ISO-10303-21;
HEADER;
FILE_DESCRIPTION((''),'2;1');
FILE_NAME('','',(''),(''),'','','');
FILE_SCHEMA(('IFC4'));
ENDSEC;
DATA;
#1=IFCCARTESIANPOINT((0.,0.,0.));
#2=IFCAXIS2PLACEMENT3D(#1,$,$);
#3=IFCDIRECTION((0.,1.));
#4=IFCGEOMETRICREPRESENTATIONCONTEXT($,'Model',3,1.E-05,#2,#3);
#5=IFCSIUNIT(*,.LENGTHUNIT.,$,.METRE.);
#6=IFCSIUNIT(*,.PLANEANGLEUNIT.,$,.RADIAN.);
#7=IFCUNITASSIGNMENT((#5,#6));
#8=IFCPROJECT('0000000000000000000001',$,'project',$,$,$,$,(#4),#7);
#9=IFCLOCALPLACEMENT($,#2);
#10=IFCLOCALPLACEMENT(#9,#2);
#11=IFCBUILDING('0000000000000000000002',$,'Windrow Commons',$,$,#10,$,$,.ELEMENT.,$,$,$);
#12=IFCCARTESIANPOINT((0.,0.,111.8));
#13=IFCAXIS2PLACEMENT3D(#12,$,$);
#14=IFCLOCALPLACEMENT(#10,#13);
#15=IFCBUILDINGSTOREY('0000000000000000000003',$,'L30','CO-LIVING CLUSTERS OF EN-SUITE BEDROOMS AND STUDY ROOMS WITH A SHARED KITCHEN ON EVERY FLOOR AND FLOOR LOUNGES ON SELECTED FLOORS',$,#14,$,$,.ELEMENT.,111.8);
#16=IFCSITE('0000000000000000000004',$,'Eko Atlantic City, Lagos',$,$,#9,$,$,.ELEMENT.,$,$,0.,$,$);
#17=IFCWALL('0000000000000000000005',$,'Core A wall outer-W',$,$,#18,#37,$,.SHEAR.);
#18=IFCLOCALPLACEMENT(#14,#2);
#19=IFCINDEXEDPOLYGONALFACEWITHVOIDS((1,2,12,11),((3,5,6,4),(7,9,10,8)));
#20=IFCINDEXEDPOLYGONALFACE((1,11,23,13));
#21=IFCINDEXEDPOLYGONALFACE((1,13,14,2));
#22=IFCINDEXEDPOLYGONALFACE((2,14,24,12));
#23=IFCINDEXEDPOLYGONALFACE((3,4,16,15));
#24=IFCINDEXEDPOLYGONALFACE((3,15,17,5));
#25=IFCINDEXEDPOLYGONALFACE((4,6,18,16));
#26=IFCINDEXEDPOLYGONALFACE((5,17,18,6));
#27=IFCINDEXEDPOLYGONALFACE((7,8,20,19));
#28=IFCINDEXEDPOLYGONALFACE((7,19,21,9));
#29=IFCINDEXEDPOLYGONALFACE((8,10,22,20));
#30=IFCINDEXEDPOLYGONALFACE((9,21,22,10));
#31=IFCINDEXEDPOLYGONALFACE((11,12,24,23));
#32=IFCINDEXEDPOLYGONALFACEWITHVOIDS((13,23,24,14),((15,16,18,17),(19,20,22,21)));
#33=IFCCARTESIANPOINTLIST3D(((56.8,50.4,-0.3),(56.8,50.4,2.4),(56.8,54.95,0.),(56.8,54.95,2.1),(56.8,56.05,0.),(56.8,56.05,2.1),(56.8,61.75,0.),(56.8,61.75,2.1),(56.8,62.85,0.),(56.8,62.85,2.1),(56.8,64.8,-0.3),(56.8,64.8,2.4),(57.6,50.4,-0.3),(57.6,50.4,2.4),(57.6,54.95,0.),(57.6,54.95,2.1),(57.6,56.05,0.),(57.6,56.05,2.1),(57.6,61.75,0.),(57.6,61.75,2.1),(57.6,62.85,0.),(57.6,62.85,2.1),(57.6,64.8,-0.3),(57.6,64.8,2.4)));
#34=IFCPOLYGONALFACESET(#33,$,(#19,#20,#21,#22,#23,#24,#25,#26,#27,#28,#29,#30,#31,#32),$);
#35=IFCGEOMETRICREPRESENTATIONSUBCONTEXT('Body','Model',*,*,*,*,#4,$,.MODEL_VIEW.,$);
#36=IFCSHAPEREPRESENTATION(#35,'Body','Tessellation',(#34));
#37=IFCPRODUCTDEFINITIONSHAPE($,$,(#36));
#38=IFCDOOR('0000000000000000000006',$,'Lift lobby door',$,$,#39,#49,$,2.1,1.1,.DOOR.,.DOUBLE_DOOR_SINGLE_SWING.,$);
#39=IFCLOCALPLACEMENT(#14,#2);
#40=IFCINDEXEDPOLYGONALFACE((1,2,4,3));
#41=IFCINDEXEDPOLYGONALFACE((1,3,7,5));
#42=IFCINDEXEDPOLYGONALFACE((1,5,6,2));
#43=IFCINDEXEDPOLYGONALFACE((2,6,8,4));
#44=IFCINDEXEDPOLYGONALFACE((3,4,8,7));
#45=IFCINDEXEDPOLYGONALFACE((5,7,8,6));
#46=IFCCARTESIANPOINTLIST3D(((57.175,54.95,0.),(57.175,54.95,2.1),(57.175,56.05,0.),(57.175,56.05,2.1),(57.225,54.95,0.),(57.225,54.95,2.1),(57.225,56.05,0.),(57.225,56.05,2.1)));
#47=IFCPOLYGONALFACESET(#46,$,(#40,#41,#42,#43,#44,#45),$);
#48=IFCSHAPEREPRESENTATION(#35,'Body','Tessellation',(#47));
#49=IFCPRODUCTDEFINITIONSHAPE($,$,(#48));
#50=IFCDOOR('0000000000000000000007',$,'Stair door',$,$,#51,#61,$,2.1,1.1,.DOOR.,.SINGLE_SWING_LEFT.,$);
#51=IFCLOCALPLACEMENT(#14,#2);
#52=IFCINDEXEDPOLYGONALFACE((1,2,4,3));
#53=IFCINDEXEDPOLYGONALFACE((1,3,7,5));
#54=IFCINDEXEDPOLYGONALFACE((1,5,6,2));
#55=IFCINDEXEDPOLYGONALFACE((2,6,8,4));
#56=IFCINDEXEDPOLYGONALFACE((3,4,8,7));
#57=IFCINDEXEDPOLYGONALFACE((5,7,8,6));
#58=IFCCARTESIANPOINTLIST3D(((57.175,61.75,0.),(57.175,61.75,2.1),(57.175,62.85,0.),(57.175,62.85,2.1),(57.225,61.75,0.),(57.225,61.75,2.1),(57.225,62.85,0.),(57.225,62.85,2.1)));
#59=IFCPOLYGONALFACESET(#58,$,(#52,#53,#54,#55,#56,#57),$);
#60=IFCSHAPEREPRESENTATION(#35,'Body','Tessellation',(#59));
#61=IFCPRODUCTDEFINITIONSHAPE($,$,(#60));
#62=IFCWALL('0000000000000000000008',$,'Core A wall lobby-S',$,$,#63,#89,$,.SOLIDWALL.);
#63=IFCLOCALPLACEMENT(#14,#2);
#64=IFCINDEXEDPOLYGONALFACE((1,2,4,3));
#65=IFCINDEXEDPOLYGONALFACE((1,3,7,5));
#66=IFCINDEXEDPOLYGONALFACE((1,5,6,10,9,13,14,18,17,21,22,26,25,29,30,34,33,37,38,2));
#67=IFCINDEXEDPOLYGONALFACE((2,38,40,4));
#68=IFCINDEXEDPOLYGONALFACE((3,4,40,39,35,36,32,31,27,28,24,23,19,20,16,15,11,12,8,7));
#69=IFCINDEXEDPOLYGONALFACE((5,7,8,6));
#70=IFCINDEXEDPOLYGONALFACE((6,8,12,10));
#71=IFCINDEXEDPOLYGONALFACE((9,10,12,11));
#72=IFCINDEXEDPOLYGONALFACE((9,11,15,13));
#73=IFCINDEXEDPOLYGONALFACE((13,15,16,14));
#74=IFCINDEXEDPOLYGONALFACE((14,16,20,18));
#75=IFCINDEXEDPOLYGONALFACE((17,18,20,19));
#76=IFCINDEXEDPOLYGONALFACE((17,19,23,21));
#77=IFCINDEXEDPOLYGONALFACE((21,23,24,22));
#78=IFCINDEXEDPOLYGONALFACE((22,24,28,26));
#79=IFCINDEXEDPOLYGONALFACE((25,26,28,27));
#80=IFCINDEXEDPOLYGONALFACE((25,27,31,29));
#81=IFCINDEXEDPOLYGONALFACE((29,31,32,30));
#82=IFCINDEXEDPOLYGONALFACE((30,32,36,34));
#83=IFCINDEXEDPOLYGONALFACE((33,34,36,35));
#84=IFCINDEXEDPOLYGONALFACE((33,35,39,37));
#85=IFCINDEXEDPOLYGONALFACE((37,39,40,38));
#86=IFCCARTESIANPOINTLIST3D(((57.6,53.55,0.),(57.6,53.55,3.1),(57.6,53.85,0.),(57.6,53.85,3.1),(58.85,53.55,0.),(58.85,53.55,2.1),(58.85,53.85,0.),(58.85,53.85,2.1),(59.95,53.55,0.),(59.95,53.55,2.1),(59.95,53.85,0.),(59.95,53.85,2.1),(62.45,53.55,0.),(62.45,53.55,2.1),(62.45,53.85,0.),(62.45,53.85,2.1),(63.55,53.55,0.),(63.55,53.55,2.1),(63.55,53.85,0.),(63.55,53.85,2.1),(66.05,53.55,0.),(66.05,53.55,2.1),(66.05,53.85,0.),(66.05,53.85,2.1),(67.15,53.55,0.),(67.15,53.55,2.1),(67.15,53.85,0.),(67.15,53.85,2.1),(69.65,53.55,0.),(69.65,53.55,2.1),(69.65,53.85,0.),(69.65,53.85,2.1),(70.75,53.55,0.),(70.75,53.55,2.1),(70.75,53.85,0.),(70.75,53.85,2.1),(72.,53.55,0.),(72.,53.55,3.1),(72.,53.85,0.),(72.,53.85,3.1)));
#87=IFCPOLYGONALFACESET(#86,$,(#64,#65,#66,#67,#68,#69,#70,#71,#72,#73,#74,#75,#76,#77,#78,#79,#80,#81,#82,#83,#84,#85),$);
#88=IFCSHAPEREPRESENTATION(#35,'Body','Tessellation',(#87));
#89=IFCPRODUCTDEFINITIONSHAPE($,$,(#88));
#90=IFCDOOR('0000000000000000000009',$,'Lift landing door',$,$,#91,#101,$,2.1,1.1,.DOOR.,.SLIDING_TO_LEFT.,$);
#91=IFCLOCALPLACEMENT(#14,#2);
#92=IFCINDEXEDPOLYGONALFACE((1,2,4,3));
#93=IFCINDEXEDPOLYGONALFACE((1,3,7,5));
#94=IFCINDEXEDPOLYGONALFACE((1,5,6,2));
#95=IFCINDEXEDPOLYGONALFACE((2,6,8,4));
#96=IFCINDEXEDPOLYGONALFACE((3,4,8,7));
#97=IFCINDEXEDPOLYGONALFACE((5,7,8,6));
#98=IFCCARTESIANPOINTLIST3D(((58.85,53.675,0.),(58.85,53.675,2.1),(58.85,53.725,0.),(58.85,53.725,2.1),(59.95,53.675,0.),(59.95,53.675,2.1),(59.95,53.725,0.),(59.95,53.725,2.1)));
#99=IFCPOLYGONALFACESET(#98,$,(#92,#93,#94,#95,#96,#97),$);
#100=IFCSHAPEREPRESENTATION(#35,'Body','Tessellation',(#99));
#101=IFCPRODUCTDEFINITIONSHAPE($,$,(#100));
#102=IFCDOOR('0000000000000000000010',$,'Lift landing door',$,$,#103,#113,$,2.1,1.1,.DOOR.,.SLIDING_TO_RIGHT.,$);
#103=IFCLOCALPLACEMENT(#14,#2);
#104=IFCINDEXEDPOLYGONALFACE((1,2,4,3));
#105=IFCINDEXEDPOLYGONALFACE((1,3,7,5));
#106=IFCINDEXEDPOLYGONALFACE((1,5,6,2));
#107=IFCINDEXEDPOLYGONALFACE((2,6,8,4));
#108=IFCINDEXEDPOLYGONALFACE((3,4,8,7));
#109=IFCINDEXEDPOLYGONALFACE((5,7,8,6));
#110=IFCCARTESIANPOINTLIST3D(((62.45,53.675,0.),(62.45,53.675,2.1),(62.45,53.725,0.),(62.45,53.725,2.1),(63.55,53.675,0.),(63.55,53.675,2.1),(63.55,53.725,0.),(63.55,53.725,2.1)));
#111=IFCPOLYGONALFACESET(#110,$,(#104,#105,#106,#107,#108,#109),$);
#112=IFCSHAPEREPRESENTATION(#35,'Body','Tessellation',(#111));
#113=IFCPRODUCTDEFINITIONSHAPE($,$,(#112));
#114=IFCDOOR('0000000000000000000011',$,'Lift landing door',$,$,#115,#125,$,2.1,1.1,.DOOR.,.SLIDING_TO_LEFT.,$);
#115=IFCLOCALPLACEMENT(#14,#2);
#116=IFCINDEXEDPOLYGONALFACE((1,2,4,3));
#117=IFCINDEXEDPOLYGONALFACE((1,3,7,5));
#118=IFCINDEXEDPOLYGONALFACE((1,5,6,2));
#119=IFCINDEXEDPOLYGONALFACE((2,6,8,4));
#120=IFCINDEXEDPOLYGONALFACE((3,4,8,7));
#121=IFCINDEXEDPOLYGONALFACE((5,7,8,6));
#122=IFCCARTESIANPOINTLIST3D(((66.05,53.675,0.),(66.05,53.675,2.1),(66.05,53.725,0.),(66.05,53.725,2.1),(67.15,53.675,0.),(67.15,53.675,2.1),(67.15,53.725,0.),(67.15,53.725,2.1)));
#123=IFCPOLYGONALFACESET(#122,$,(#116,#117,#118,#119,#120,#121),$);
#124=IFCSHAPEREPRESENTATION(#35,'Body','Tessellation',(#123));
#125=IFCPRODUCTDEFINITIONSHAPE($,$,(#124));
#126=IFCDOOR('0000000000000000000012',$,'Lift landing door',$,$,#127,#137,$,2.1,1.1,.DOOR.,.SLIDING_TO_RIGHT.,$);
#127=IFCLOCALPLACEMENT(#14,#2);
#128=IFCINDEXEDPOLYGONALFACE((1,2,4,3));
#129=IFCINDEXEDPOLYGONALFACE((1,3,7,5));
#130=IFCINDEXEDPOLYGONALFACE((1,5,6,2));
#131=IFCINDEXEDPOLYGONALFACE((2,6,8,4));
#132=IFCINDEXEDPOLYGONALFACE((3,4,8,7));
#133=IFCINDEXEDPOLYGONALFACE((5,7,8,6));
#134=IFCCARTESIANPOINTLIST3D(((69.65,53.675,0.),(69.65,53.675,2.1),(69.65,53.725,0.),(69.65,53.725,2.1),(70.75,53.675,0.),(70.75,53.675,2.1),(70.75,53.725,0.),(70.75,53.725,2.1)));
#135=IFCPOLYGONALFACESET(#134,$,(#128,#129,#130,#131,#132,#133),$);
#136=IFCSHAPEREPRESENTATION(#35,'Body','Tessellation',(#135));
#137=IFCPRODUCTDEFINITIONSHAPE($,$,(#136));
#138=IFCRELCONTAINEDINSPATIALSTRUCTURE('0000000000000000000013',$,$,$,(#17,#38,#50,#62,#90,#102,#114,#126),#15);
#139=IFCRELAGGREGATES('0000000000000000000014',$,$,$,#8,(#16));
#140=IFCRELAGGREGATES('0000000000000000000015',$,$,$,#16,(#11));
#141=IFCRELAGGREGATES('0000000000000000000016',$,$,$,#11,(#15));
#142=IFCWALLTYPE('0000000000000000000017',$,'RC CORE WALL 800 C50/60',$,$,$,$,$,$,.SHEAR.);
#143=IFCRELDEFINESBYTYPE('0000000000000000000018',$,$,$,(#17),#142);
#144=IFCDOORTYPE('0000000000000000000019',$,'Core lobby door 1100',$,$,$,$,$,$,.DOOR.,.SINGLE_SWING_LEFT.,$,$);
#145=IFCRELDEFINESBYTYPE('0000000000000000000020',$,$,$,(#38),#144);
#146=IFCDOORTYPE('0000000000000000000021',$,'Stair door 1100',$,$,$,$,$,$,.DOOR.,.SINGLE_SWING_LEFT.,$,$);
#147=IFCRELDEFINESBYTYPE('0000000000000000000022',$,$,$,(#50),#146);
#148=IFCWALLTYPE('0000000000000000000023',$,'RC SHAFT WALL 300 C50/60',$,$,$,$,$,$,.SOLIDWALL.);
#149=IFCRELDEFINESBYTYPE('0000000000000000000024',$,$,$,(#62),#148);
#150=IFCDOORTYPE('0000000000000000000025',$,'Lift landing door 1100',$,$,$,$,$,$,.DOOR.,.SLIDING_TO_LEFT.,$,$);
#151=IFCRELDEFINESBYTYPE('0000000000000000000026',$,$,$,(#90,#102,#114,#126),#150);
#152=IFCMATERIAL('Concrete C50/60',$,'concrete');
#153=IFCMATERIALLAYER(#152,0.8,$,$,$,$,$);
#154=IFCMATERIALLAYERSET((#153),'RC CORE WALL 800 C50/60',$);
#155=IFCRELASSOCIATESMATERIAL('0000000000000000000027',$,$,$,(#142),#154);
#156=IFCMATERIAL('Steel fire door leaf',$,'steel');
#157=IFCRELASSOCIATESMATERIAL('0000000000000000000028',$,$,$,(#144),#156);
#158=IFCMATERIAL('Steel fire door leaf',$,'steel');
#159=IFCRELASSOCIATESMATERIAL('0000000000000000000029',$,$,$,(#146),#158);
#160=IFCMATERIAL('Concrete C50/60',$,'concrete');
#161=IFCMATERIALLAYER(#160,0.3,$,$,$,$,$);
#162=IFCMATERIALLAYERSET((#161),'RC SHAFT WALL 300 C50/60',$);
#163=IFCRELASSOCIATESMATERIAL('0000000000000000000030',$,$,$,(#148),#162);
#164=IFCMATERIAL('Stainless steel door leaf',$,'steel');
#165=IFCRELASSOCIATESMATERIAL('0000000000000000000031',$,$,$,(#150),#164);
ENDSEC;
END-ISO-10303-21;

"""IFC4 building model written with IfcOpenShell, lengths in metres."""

from ifc_helpers import new_model, si_unit, direction, frame, frame_2d, origin, place, context, subcontext, project, spatial, rectangle, extrude, material, layer, layer_set, type_object, element, fill, save


model = new_model("IFC4")

# Units and contexts
model_context = context("Model", 3, precision=1e-05, world=origin(), true_north=direction((0.0, 1.0)))
body_context = subcontext(model_context, "Body", "Model", "MODEL_VIEW")
ifc_project = project(units=[si_unit("LENGTHUNIT", "METRE"), si_unit("PLANEANGLEUNIT", "RADIAN")], contexts=[model_context])

# Site, building, storey
site_placement = place(None, origin())
site = spatial("IfcSite", under=ifc_project, at=site_placement, Name="Eko Atlantic City, Lagos", CompositionType="ELEMENT", RefElevation=0.0)
building_placement = place(site_placement, origin())
building = spatial("IfcBuilding", under=site, at=building_placement, Name="Windrow Commons", CompositionType="ELEMENT")
storey_placement = place(building_placement, frame((0.0, 0.0, 111.8)))
storey = spatial("IfcBuildingStorey", under=building, at=storey_placement, Name="L30", Description="CO-LIVING CLUSTERS OF EN-SUITE BEDROOMS AND STUDY ROOMS WITH A SHARED KITCHEN ON EVERY FLOOR AND FLOOR LOUNGES ON SELECTED FLOORS", CompositionType="ELEMENT", Elevation=111.8)

# Shared definitions
ifc_material_1 = material(Name="Concrete C50/60", Category="concrete")
ifc_layer_1 = layer(ifc_material_1, 0.8)
ifc_layer_set_1 = layer_set([ifc_layer_1], Name="RC CORE WALL 800 C50/60")
wall_type_1 = type_object("IfcWallType", Name="RC CORE WALL 800 C50/60", PredefinedType="SHEAR", material=ifc_layer_set_1)

# Walls, openings, doors
wall_1_placement = place(storey_placement, frame((57.2, 50.4, -0.3), z_axis=(0.0, 0.0, 1.0), x_axis=(0.0, 1.0, 0.0)))
wall_1 = element("IfcWall", 1, at=wall_1_placement, inside=storey, type_object=wall_type_1, Name="Core A wall outer-W", PredefinedType="SHEAR", context=body_context, shape_type="SweptSolid", body=[
    extrude(rectangle(XDim=14.4, YDim=0.8, at=frame_2d((7.2, 0.0))), origin(), (0.0, 0.0, 1.0), 2.7),
])
opening_1_placement = place(wall_1_placement, frame((4.55, 0.0, 0.3)))
opening_1 = element("IfcOpeningElement", 2, at=opening_1_placement, cuts=wall_1, PredefinedType="OPENING", context=body_context, shape_type="SweptSolid", body=[
    extrude(rectangle(XDim=1.1, YDim=2.1, at=frame_2d((0.55, 1.05))), frame((0.0, 0.41, 0.0), z_axis=(0.0, -1.0, 0.0), x_axis=(1.0, 0.0, 0.0)), (0.0, 0.0, 1.0), 0.82),
])
opening_2_placement = place(wall_1_placement, frame((11.35, 0.0, 0.3)))
opening_2 = element("IfcOpeningElement", 3, at=opening_2_placement, cuts=wall_1, PredefinedType="OPENING", context=body_context, shape_type="SweptSolid", body=[
    extrude(rectangle(XDim=1.1, YDim=2.1, at=frame_2d((0.55, 1.05))), frame((0.0, 0.41, 0.0), z_axis=(0.0, -1.0, 0.0), x_axis=(1.0, 0.0, 0.0)), (0.0, 0.0, 1.0), 0.82),
])
ifc_material_2 = material(Name="Steel fire door leaf", Category="steel")
door_type_1 = type_object("IfcDoorType", Name="Core lobby door 1100", OperationType="SINGLE_SWING_LEFT", PredefinedType="DOOR", material=ifc_material_2)
door_1_placement = place(opening_1_placement, origin())
door_1 = element("IfcDoor", 4, at=door_1_placement, inside=storey, type_object=door_type_1, Name="Lift lobby door", OperationType="DOUBLE_DOOR_SINGLE_SWING", OverallHeight=2.1, OverallWidth=1.1, PredefinedType="DOOR", context=body_context, shape_type="SweptSolid", body=[
    extrude(rectangle(XDim=1.1, YDim=2.1, at=frame_2d((0.55, 1.05))), frame((0.0, 0.025, 0.0), z_axis=(0.0, -1.0, 0.0), x_axis=(1.0, 0.0, 0.0)), (0.0, 0.0, 1.0), 0.05),
])
fill(opening_1, door_1)
ifc_material_3 = material(Name="Steel fire door leaf", Category="steel")
door_type_2 = type_object("IfcDoorType", Name="Stair door 1100", OperationType="SINGLE_SWING_LEFT", PredefinedType="DOOR", material=ifc_material_3)
door_2_placement = place(opening_2_placement, origin())
door_2 = element("IfcDoor", 5, at=door_2_placement, inside=storey, type_object=door_type_2, Name="Stair door", OperationType="SINGLE_SWING_LEFT", OverallHeight=2.1, OverallWidth=1.1, PredefinedType="DOOR", context=body_context, shape_type="SweptSolid", body=[
    extrude(rectangle(XDim=1.1, YDim=2.1, at=frame_2d((0.55, 1.05))), frame((0.0, 0.025, 0.0), z_axis=(0.0, -1.0, 0.0), x_axis=(1.0, 0.0, 0.0)), (0.0, 0.0, 1.0), 0.05),
])
fill(opening_2, door_2)
ifc_material_4 = material(Name="Concrete C50/60", Category="concrete")
ifc_layer_2 = layer(ifc_material_4, 0.3)
ifc_layer_set_2 = layer_set([ifc_layer_2], Name="RC SHAFT WALL 300 C50/60")
wall_type_2 = type_object("IfcWallType", Name="RC SHAFT WALL 300 C50/60", PredefinedType="SOLIDWALL", material=ifc_layer_set_2)
wall_2_placement = place(storey_placement, frame((57.6, 53.7, 0.0), z_axis=(0.0, 0.0, 1.0), x_axis=(1.0, 0.0, 0.0)))
wall_2 = element("IfcWall", 6, at=wall_2_placement, inside=storey, type_object=wall_type_2, Name="Core A wall lobby-S", PredefinedType="SOLIDWALL", context=body_context, shape_type="SweptSolid", body=[
    extrude(rectangle(XDim=14.4, YDim=0.3, at=frame_2d((7.2, 0.0))), origin(), (0.0, 0.0, 1.0), 3.1),
])
opening_3_placement = place(wall_2_placement, frame((1.25, 0.0, 0.0)))
opening_3 = element("IfcOpeningElement", 7, at=opening_3_placement, cuts=wall_2, PredefinedType="OPENING", context=body_context, shape_type="SweptSolid", body=[
    extrude(rectangle(XDim=1.1, YDim=2.1, at=frame_2d((0.55, 1.05))), frame((0.0, 0.16, 0.0), z_axis=(0.0, -1.0, 0.0), x_axis=(1.0, 0.0, 0.0)), (0.0, 0.0, 1.0), 0.32),
])
opening_4_placement = place(wall_2_placement, frame((4.85, 0.0, 0.0)))
opening_4 = element("IfcOpeningElement", 8, at=opening_4_placement, cuts=wall_2, PredefinedType="OPENING", context=body_context, shape_type="SweptSolid", body=[
    extrude(rectangle(XDim=1.1, YDim=2.1, at=frame_2d((0.55, 1.05))), frame((0.0, 0.16, 0.0), z_axis=(0.0, -1.0, 0.0), x_axis=(1.0, 0.0, 0.0)), (0.0, 0.0, 1.0), 0.32),
])
opening_5_placement = place(wall_2_placement, frame((8.45, 0.0, 0.0)))
opening_5 = element("IfcOpeningElement", 9, at=opening_5_placement, cuts=wall_2, PredefinedType="OPENING", context=body_context, shape_type="SweptSolid", body=[
    extrude(rectangle(XDim=1.1, YDim=2.1, at=frame_2d((0.55, 1.05))), frame((0.0, 0.16, 0.0), z_axis=(0.0, -1.0, 0.0), x_axis=(1.0, 0.0, 0.0)), (0.0, 0.0, 1.0), 0.32),
])
opening_6_placement = place(wall_2_placement, frame((12.05, 0.0, 0.0)))
opening_6 = element("IfcOpeningElement", 10, at=opening_6_placement, cuts=wall_2, PredefinedType="OPENING", context=body_context, shape_type="SweptSolid", body=[
    extrude(rectangle(XDim=1.1, YDim=2.1, at=frame_2d((0.55, 1.05))), frame((0.0, 0.16, 0.0), z_axis=(0.0, -1.0, 0.0), x_axis=(1.0, 0.0, 0.0)), (0.0, 0.0, 1.0), 0.32),
])
ifc_material_5 = material(Name="Stainless steel door leaf", Category="steel")
door_type_3 = type_object("IfcDoorType", Name="Lift landing door 1100", OperationType="SLIDING_TO_LEFT", PredefinedType="DOOR", material=ifc_material_5)
door_3_placement = place(opening_3_placement, origin())
door_3 = element("IfcDoor", 11, at=door_3_placement, inside=storey, type_object=door_type_3, Name="Lift landing door", OperationType="SLIDING_TO_LEFT", OverallHeight=2.1, OverallWidth=1.1, PredefinedType="DOOR", context=body_context, shape_type="SweptSolid", body=[
    extrude(rectangle(XDim=1.1, YDim=2.1, at=frame_2d((0.55, 1.05))), frame((0.0, 0.025, 0.0), z_axis=(0.0, -1.0, 0.0), x_axis=(1.0, 0.0, 0.0)), (0.0, 0.0, 1.0), 0.05),
])
fill(opening_3, door_3)
door_4_placement = place(opening_4_placement, origin())
door_4 = element("IfcDoor", 12, at=door_4_placement, inside=storey, type_object=door_type_3, Name="Lift landing door", OperationType="SLIDING_TO_RIGHT", OverallHeight=2.1, OverallWidth=1.1, PredefinedType="DOOR", context=body_context, shape_type="SweptSolid", body=[
    extrude(rectangle(XDim=1.1, YDim=2.1, at=frame_2d((0.55, 1.05))), frame((0.0, 0.025, 0.0), z_axis=(0.0, -1.0, 0.0), x_axis=(1.0, 0.0, 0.0)), (0.0, 0.0, 1.0), 0.05),
])
fill(opening_4, door_4)
door_5_placement = place(opening_5_placement, origin())
door_5 = element("IfcDoor", 13, at=door_5_placement, inside=storey, type_object=door_type_3, Name="Lift landing door", OperationType="SLIDING_TO_LEFT", OverallHeight=2.1, OverallWidth=1.1, PredefinedType="DOOR", context=body_context, shape_type="SweptSolid", body=[
    extrude(rectangle(XDim=1.1, YDim=2.1, at=frame_2d((0.55, 1.05))), frame((0.0, 0.025, 0.0), z_axis=(0.0, -1.0, 0.0), x_axis=(1.0, 0.0, 0.0)), (0.0, 0.0, 1.0), 0.05),
])
fill(opening_5, door_5)
door_6_placement = place(opening_6_placement, origin())
door_6 = element("IfcDoor", 14, at=door_6_placement, inside=storey, type_object=door_type_3, Name="Lift landing door", OperationType="SLIDING_TO_RIGHT", OverallHeight=2.1, OverallWidth=1.1, PredefinedType="DOOR", context=body_context, shape_type="SweptSolid", body=[
    extrude(rectangle(XDim=1.1, YDim=2.1, at=frame_2d((0.55, 1.05))), frame((0.0, 0.025, 0.0), z_axis=(0.0, -1.0, 0.0), x_axis=(1.0, 0.0, 0.0)), (0.0, 0.0, 1.0), 0.05),
])
fill(opening_6, door_6)

save(model, "model.ifc")
